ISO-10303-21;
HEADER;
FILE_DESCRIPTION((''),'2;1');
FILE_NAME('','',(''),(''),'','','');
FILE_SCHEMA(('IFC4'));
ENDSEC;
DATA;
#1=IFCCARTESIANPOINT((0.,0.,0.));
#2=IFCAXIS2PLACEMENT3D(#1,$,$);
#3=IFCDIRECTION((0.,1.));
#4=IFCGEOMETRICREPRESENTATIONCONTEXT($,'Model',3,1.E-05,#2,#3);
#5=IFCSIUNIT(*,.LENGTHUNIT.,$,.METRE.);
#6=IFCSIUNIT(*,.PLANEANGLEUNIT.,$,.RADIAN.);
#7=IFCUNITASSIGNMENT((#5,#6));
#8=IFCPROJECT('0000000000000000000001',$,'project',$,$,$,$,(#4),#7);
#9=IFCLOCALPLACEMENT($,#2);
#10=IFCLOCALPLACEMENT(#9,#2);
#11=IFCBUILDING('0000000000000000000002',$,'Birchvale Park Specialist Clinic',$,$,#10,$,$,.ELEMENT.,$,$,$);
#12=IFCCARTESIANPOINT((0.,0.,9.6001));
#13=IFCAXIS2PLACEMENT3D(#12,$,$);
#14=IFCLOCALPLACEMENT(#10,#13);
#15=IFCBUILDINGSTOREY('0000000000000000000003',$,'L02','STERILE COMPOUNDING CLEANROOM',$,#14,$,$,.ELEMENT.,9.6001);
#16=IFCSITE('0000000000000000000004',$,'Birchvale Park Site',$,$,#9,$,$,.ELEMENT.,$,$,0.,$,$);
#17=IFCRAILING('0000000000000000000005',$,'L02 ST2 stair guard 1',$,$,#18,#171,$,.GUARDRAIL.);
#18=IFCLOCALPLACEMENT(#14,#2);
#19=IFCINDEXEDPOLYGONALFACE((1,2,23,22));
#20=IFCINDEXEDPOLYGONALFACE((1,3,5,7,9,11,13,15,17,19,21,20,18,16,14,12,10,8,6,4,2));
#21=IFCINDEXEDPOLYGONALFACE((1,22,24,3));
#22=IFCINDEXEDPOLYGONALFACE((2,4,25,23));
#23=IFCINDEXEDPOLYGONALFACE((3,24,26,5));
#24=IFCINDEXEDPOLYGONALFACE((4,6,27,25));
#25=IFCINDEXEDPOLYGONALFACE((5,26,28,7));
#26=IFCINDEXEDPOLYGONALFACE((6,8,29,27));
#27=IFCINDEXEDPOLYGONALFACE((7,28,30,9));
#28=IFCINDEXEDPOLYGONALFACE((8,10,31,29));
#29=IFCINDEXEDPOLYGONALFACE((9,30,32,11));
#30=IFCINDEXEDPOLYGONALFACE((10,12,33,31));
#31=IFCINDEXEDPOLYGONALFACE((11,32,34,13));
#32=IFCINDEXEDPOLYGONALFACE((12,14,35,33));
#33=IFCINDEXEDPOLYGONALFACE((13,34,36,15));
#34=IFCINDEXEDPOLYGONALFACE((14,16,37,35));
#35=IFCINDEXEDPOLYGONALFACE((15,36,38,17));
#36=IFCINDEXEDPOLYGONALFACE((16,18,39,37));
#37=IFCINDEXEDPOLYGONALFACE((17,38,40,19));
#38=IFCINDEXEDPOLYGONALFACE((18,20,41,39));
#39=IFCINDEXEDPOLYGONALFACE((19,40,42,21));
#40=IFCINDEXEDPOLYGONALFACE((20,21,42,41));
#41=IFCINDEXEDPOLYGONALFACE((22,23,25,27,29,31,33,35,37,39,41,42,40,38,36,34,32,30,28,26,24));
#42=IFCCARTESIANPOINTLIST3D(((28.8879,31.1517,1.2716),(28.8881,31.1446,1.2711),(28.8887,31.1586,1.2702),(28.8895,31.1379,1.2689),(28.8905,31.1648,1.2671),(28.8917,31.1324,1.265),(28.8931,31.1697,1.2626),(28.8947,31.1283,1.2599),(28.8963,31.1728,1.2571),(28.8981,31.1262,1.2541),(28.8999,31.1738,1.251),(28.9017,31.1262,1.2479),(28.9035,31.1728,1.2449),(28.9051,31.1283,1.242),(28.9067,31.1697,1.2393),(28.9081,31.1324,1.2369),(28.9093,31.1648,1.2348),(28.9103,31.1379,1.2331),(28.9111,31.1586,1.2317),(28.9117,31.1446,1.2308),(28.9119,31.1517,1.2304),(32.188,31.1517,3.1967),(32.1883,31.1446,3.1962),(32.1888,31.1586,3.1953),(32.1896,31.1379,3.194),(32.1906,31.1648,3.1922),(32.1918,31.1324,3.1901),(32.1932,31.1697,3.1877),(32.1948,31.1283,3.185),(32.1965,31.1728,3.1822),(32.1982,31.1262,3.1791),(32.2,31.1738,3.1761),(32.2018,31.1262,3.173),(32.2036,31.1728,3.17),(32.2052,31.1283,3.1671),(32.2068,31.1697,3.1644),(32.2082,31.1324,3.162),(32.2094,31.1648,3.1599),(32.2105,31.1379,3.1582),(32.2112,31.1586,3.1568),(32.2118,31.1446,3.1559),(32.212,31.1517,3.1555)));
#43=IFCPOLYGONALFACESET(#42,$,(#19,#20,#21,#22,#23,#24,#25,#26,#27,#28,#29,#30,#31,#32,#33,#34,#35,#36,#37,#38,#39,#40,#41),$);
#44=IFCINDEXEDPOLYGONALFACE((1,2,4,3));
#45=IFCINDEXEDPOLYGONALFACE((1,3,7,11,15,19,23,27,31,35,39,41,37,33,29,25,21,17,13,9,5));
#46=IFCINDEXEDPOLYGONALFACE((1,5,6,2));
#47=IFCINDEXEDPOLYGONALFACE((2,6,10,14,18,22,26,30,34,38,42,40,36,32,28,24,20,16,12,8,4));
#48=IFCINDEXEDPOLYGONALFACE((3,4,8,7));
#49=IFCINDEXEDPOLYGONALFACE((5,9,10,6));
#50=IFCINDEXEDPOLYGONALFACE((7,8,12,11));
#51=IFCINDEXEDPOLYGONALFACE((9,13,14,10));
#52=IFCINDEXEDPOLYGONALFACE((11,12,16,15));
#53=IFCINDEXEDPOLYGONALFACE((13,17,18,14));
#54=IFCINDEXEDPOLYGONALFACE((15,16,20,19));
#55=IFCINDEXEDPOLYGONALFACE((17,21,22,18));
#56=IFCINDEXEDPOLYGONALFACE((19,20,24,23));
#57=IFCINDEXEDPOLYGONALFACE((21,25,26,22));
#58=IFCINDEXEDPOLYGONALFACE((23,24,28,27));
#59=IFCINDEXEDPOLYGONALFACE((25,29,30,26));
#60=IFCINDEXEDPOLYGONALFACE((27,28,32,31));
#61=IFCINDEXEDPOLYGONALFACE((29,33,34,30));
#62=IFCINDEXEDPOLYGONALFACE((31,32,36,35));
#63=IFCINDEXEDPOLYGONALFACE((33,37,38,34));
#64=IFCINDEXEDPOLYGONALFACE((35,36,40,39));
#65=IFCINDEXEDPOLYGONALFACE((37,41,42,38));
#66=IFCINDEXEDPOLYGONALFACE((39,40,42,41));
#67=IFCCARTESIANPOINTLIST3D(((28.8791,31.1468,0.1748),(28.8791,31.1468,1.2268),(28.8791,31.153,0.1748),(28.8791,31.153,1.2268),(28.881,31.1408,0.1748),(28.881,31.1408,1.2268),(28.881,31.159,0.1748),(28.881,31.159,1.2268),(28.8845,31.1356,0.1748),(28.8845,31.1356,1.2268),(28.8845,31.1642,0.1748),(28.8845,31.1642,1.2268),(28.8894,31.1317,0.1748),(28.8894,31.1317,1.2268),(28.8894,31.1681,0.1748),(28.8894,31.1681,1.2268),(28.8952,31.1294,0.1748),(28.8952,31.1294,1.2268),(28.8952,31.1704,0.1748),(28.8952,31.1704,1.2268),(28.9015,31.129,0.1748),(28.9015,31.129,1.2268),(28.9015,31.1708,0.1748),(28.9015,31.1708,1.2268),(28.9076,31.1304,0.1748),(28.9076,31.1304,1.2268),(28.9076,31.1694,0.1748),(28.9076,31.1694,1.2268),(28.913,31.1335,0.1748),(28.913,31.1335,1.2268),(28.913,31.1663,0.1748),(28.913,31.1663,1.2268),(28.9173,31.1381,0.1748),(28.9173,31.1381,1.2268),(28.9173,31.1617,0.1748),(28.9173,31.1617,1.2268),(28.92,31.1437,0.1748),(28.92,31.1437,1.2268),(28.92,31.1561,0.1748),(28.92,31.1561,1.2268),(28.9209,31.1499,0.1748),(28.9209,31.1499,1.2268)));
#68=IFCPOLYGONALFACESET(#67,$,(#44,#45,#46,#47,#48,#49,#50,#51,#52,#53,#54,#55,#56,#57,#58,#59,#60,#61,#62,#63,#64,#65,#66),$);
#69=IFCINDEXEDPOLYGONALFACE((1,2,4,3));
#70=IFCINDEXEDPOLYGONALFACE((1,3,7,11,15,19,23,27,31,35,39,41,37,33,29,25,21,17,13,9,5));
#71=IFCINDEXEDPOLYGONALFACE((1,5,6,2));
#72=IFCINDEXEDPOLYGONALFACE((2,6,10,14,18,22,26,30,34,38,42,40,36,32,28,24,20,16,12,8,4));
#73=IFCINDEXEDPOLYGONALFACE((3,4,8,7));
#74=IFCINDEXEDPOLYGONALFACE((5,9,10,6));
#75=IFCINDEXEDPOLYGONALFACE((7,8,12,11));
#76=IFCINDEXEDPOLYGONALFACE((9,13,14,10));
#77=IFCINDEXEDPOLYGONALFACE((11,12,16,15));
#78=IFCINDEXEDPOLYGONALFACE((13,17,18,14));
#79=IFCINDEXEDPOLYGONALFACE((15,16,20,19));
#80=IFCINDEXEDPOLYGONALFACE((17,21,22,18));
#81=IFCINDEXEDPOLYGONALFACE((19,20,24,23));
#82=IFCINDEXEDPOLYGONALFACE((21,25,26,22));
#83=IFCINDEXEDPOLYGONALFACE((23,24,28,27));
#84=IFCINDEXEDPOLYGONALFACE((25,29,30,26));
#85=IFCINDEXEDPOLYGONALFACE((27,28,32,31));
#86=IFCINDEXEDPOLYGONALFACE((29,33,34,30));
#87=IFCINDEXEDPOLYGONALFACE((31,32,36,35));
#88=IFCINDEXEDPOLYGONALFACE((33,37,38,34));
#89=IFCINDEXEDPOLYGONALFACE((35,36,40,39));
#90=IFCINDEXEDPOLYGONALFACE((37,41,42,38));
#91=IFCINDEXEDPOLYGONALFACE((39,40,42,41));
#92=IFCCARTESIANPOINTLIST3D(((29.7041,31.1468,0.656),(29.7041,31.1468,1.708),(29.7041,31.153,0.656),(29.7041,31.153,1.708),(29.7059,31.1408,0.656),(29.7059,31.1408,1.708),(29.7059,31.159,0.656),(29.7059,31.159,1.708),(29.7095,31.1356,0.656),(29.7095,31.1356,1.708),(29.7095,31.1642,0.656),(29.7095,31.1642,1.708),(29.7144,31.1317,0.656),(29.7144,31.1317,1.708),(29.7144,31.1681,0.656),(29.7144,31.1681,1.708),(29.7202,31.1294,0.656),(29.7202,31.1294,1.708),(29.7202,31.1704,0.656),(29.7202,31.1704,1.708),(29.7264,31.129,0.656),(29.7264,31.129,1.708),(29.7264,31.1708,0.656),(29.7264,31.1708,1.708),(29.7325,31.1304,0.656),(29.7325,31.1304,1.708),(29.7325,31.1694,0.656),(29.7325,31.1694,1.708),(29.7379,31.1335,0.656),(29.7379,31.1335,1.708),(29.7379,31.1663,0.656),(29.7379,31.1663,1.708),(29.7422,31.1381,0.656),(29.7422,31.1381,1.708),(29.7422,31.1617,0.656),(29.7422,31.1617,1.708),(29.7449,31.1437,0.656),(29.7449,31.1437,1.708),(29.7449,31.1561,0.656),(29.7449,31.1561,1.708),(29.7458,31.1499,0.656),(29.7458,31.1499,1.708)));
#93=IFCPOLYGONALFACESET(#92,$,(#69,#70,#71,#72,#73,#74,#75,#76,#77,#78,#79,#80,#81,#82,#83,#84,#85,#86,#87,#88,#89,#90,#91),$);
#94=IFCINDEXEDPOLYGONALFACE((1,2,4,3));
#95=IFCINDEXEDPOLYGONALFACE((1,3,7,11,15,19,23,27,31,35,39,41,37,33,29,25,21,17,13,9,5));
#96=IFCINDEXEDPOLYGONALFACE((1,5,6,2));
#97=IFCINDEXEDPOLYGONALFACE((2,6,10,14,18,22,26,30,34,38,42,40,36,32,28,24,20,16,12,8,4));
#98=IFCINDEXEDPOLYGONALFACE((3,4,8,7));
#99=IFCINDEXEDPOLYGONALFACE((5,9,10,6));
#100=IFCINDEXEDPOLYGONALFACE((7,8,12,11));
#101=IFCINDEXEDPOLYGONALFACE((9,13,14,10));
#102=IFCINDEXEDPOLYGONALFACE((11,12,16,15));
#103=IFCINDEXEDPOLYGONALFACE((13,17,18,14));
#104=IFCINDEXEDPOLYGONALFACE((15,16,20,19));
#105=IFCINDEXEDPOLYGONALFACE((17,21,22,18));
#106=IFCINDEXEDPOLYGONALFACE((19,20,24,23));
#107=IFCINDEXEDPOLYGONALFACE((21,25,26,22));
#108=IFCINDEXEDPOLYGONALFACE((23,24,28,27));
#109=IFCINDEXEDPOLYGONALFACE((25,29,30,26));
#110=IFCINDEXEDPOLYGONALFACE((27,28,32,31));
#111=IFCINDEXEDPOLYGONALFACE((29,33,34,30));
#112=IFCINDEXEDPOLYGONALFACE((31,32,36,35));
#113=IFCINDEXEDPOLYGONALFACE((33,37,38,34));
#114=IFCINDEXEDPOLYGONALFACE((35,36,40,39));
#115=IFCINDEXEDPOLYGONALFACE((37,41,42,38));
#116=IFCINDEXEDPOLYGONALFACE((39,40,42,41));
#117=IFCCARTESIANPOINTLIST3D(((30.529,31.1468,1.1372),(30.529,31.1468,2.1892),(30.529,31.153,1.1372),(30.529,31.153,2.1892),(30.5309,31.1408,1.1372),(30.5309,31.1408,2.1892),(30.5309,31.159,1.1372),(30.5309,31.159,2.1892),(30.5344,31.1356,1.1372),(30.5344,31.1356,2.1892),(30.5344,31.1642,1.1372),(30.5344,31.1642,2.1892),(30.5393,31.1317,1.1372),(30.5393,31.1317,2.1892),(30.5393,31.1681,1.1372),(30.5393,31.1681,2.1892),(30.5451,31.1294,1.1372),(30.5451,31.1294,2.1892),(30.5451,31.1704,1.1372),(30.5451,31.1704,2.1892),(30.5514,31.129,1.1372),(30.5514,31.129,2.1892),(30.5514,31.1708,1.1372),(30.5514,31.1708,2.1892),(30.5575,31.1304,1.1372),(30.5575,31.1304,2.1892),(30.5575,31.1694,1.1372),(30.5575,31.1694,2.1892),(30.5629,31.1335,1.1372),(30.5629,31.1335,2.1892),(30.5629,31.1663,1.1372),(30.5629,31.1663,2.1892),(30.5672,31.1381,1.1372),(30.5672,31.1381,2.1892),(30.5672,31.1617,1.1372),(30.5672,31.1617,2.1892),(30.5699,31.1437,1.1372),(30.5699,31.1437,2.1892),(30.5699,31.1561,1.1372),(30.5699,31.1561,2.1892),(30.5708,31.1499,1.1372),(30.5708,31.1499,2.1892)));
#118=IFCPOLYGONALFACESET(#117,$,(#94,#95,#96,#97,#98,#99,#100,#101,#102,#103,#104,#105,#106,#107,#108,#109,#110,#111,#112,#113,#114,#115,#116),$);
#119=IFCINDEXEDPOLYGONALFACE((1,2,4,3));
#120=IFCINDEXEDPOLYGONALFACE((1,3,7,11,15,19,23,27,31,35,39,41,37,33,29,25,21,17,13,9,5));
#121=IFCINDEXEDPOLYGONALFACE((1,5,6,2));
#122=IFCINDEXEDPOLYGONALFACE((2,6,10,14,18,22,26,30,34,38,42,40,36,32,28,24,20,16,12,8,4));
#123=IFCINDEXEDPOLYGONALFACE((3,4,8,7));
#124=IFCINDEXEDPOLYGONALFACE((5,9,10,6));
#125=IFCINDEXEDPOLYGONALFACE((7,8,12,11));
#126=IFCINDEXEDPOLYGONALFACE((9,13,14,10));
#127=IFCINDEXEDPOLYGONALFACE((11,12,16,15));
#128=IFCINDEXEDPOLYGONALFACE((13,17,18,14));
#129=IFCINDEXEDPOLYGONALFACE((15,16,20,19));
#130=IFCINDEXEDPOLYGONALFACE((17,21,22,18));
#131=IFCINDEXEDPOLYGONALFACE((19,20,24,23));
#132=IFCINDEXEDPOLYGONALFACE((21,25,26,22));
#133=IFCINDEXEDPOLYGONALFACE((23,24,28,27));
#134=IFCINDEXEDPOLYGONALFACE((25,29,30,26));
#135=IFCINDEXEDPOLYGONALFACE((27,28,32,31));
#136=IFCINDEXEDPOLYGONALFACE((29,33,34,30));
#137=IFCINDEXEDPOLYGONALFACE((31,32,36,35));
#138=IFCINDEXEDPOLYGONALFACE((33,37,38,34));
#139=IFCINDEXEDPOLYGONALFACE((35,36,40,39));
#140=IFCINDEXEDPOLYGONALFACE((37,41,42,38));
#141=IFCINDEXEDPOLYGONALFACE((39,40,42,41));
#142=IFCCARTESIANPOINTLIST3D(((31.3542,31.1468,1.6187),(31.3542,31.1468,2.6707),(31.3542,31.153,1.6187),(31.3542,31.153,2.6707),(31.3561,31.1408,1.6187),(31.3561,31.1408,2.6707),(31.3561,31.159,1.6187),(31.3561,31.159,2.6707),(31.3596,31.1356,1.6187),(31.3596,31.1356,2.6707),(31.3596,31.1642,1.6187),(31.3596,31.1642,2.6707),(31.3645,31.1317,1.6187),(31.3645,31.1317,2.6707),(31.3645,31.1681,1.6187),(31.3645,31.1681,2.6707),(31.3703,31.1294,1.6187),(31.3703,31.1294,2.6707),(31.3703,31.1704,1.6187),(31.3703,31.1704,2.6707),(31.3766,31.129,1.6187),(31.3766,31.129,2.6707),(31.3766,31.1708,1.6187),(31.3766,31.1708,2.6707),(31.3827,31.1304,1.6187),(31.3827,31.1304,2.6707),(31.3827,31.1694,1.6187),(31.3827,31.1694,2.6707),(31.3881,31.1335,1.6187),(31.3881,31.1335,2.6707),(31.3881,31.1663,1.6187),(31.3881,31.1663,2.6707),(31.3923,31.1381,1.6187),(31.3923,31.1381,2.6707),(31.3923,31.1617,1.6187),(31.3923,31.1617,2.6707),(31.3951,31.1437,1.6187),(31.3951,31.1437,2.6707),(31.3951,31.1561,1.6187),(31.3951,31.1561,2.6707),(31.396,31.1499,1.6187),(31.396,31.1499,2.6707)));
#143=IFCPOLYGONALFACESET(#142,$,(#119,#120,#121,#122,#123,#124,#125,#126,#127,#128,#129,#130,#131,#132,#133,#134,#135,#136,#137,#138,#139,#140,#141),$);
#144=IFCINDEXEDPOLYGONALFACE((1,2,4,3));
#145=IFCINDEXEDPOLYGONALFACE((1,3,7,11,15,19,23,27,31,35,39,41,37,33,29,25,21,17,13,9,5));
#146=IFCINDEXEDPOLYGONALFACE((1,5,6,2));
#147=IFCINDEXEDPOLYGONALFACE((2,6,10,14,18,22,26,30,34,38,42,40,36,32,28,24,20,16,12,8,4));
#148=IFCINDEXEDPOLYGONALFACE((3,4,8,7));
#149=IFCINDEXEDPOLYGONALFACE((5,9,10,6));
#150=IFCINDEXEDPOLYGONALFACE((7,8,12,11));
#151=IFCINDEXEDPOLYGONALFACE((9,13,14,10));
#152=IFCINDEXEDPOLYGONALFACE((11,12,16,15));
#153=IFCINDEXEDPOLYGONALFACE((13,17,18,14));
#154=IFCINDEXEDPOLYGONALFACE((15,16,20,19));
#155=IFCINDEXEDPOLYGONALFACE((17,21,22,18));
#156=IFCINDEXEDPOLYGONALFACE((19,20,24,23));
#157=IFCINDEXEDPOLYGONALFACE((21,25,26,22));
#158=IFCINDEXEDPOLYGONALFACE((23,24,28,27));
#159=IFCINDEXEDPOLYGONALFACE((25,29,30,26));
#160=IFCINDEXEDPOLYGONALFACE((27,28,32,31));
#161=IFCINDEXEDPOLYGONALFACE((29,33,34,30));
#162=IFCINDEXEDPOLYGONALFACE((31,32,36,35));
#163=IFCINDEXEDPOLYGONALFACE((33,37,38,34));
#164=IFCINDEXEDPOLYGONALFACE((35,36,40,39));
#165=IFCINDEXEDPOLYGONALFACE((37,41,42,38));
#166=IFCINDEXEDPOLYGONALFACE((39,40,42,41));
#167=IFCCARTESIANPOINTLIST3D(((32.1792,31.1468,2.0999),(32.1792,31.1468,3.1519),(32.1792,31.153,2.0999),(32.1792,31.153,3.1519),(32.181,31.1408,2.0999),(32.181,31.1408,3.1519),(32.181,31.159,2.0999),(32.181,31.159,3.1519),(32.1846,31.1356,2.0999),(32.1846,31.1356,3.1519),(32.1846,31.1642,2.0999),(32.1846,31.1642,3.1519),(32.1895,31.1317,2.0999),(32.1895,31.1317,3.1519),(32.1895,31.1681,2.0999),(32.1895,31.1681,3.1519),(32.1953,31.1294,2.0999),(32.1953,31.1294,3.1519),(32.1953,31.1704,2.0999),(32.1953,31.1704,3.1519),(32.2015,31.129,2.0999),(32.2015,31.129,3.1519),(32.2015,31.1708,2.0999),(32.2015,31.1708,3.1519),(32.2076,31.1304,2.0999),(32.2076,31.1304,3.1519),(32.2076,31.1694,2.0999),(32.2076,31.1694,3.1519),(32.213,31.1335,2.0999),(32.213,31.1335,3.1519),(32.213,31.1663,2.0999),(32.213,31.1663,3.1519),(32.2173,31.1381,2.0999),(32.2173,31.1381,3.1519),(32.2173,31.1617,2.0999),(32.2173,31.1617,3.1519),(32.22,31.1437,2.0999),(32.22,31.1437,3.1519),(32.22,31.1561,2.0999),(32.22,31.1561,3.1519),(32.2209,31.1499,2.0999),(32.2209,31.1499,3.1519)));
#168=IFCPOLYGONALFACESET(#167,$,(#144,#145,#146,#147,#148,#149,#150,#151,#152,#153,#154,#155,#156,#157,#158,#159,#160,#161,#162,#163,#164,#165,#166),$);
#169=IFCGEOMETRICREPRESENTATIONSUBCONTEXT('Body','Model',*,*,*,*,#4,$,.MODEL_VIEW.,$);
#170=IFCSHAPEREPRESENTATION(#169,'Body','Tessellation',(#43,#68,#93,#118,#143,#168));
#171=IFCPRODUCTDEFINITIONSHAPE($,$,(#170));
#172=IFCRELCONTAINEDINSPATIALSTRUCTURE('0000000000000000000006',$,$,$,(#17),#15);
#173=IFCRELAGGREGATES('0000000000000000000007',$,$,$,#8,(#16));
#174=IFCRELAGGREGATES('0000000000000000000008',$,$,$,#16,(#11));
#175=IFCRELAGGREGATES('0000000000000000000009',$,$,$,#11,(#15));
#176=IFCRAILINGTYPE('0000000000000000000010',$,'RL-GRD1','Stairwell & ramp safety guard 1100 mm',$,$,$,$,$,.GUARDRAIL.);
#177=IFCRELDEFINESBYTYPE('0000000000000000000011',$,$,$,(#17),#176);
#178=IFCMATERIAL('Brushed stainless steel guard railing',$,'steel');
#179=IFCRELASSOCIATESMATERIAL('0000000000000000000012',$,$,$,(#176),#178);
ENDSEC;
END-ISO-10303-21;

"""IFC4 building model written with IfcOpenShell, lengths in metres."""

from ifc_helpers import new_model, si_unit, direction, frame, origin, origin_2d, place, context, subcontext, project, spatial, circle, extrude, material, type_object, element, save


model = new_model("IFC4")

# Units and contexts
model_context = context("Model", 3, precision=1e-05, world=origin(), true_north=direction((0.0, 1.0)))
body_context = subcontext(model_context, "Body", "Model", "MODEL_VIEW")
ifc_project = project(units=[si_unit("LENGTHUNIT", "METRE"), si_unit("PLANEANGLEUNIT", "RADIAN")], contexts=[model_context])

# Site, building, storey
site_placement = place(None, origin())
site = spatial("IfcSite", under=ifc_project, at=site_placement, Name="Birchvale Park Site", CompositionType="ELEMENT", RefElevation=0.0)
building_placement = place(site_placement, origin())
building = spatial("IfcBuilding", under=site, at=building_placement, Name="Birchvale Park Specialist Clinic", CompositionType="ELEMENT")
storey_placement = place(building_placement, frame((0.0, 0.0, 9.6001)))
storey = spatial("IfcBuildingStorey", under=building, at=storey_placement, Name="L02", Description="STERILE COMPOUNDING CLEANROOM", CompositionType="ELEMENT", Elevation=9.6001)

# Railing
ifc_material_1 = material(Name="Brushed stainless steel guard railing", Category="steel")
railing_type_1 = type_object("IfcRailingType", Name="RL-GRD1", Description="Stairwell & ramp safety guard 1100 mm", PredefinedType="GUARDRAIL", material=ifc_material_1)
railing_1_placement = place(storey_placement, frame((28.8999, 31.1499, 0.1748)))
element("IfcRailing", 1, at=railing_1_placement, inside=storey, type_object=railing_type_1, Name="L02 ST2 stair guard 1", PredefinedType="GUARDRAIL", context=body_context, shape_type="SweptSolid", body=[
    extrude(circle(Radius=0.0239, at=origin_2d()), frame((0.0, 0.0, 1.0762), z_axis=(0.863777, 0.0, 0.503875), x_axis=(0.0, 1.0, 0.0)), (0.0, 0.0, 1.0), 3.8206),
    extrude(circle(Radius=0.021, at=origin_2d()), origin(), (0.0, 0.0, 1.0), 1.052),
    extrude(circle(Radius=0.021, at=origin_2d()), frame((0.825, 0.0, 0.4812)), (0.0, 0.0, 1.0), 1.052),
    extrude(circle(Radius=0.021, at=origin_2d()), frame((1.6499, 0.0, 0.9624)), (0.0, 0.0, 1.0), 1.052),
    extrude(circle(Radius=0.021, at=origin_2d()), frame((2.4751, 0.0, 1.4438)), (0.0, 0.0, 1.0), 1.052),
    extrude(circle(Radius=0.021, at=origin_2d()), frame((3.3, 0.0, 1.925)), (0.0, 0.0, 1.0), 1.052),
])

save(model, "model.ifc")
